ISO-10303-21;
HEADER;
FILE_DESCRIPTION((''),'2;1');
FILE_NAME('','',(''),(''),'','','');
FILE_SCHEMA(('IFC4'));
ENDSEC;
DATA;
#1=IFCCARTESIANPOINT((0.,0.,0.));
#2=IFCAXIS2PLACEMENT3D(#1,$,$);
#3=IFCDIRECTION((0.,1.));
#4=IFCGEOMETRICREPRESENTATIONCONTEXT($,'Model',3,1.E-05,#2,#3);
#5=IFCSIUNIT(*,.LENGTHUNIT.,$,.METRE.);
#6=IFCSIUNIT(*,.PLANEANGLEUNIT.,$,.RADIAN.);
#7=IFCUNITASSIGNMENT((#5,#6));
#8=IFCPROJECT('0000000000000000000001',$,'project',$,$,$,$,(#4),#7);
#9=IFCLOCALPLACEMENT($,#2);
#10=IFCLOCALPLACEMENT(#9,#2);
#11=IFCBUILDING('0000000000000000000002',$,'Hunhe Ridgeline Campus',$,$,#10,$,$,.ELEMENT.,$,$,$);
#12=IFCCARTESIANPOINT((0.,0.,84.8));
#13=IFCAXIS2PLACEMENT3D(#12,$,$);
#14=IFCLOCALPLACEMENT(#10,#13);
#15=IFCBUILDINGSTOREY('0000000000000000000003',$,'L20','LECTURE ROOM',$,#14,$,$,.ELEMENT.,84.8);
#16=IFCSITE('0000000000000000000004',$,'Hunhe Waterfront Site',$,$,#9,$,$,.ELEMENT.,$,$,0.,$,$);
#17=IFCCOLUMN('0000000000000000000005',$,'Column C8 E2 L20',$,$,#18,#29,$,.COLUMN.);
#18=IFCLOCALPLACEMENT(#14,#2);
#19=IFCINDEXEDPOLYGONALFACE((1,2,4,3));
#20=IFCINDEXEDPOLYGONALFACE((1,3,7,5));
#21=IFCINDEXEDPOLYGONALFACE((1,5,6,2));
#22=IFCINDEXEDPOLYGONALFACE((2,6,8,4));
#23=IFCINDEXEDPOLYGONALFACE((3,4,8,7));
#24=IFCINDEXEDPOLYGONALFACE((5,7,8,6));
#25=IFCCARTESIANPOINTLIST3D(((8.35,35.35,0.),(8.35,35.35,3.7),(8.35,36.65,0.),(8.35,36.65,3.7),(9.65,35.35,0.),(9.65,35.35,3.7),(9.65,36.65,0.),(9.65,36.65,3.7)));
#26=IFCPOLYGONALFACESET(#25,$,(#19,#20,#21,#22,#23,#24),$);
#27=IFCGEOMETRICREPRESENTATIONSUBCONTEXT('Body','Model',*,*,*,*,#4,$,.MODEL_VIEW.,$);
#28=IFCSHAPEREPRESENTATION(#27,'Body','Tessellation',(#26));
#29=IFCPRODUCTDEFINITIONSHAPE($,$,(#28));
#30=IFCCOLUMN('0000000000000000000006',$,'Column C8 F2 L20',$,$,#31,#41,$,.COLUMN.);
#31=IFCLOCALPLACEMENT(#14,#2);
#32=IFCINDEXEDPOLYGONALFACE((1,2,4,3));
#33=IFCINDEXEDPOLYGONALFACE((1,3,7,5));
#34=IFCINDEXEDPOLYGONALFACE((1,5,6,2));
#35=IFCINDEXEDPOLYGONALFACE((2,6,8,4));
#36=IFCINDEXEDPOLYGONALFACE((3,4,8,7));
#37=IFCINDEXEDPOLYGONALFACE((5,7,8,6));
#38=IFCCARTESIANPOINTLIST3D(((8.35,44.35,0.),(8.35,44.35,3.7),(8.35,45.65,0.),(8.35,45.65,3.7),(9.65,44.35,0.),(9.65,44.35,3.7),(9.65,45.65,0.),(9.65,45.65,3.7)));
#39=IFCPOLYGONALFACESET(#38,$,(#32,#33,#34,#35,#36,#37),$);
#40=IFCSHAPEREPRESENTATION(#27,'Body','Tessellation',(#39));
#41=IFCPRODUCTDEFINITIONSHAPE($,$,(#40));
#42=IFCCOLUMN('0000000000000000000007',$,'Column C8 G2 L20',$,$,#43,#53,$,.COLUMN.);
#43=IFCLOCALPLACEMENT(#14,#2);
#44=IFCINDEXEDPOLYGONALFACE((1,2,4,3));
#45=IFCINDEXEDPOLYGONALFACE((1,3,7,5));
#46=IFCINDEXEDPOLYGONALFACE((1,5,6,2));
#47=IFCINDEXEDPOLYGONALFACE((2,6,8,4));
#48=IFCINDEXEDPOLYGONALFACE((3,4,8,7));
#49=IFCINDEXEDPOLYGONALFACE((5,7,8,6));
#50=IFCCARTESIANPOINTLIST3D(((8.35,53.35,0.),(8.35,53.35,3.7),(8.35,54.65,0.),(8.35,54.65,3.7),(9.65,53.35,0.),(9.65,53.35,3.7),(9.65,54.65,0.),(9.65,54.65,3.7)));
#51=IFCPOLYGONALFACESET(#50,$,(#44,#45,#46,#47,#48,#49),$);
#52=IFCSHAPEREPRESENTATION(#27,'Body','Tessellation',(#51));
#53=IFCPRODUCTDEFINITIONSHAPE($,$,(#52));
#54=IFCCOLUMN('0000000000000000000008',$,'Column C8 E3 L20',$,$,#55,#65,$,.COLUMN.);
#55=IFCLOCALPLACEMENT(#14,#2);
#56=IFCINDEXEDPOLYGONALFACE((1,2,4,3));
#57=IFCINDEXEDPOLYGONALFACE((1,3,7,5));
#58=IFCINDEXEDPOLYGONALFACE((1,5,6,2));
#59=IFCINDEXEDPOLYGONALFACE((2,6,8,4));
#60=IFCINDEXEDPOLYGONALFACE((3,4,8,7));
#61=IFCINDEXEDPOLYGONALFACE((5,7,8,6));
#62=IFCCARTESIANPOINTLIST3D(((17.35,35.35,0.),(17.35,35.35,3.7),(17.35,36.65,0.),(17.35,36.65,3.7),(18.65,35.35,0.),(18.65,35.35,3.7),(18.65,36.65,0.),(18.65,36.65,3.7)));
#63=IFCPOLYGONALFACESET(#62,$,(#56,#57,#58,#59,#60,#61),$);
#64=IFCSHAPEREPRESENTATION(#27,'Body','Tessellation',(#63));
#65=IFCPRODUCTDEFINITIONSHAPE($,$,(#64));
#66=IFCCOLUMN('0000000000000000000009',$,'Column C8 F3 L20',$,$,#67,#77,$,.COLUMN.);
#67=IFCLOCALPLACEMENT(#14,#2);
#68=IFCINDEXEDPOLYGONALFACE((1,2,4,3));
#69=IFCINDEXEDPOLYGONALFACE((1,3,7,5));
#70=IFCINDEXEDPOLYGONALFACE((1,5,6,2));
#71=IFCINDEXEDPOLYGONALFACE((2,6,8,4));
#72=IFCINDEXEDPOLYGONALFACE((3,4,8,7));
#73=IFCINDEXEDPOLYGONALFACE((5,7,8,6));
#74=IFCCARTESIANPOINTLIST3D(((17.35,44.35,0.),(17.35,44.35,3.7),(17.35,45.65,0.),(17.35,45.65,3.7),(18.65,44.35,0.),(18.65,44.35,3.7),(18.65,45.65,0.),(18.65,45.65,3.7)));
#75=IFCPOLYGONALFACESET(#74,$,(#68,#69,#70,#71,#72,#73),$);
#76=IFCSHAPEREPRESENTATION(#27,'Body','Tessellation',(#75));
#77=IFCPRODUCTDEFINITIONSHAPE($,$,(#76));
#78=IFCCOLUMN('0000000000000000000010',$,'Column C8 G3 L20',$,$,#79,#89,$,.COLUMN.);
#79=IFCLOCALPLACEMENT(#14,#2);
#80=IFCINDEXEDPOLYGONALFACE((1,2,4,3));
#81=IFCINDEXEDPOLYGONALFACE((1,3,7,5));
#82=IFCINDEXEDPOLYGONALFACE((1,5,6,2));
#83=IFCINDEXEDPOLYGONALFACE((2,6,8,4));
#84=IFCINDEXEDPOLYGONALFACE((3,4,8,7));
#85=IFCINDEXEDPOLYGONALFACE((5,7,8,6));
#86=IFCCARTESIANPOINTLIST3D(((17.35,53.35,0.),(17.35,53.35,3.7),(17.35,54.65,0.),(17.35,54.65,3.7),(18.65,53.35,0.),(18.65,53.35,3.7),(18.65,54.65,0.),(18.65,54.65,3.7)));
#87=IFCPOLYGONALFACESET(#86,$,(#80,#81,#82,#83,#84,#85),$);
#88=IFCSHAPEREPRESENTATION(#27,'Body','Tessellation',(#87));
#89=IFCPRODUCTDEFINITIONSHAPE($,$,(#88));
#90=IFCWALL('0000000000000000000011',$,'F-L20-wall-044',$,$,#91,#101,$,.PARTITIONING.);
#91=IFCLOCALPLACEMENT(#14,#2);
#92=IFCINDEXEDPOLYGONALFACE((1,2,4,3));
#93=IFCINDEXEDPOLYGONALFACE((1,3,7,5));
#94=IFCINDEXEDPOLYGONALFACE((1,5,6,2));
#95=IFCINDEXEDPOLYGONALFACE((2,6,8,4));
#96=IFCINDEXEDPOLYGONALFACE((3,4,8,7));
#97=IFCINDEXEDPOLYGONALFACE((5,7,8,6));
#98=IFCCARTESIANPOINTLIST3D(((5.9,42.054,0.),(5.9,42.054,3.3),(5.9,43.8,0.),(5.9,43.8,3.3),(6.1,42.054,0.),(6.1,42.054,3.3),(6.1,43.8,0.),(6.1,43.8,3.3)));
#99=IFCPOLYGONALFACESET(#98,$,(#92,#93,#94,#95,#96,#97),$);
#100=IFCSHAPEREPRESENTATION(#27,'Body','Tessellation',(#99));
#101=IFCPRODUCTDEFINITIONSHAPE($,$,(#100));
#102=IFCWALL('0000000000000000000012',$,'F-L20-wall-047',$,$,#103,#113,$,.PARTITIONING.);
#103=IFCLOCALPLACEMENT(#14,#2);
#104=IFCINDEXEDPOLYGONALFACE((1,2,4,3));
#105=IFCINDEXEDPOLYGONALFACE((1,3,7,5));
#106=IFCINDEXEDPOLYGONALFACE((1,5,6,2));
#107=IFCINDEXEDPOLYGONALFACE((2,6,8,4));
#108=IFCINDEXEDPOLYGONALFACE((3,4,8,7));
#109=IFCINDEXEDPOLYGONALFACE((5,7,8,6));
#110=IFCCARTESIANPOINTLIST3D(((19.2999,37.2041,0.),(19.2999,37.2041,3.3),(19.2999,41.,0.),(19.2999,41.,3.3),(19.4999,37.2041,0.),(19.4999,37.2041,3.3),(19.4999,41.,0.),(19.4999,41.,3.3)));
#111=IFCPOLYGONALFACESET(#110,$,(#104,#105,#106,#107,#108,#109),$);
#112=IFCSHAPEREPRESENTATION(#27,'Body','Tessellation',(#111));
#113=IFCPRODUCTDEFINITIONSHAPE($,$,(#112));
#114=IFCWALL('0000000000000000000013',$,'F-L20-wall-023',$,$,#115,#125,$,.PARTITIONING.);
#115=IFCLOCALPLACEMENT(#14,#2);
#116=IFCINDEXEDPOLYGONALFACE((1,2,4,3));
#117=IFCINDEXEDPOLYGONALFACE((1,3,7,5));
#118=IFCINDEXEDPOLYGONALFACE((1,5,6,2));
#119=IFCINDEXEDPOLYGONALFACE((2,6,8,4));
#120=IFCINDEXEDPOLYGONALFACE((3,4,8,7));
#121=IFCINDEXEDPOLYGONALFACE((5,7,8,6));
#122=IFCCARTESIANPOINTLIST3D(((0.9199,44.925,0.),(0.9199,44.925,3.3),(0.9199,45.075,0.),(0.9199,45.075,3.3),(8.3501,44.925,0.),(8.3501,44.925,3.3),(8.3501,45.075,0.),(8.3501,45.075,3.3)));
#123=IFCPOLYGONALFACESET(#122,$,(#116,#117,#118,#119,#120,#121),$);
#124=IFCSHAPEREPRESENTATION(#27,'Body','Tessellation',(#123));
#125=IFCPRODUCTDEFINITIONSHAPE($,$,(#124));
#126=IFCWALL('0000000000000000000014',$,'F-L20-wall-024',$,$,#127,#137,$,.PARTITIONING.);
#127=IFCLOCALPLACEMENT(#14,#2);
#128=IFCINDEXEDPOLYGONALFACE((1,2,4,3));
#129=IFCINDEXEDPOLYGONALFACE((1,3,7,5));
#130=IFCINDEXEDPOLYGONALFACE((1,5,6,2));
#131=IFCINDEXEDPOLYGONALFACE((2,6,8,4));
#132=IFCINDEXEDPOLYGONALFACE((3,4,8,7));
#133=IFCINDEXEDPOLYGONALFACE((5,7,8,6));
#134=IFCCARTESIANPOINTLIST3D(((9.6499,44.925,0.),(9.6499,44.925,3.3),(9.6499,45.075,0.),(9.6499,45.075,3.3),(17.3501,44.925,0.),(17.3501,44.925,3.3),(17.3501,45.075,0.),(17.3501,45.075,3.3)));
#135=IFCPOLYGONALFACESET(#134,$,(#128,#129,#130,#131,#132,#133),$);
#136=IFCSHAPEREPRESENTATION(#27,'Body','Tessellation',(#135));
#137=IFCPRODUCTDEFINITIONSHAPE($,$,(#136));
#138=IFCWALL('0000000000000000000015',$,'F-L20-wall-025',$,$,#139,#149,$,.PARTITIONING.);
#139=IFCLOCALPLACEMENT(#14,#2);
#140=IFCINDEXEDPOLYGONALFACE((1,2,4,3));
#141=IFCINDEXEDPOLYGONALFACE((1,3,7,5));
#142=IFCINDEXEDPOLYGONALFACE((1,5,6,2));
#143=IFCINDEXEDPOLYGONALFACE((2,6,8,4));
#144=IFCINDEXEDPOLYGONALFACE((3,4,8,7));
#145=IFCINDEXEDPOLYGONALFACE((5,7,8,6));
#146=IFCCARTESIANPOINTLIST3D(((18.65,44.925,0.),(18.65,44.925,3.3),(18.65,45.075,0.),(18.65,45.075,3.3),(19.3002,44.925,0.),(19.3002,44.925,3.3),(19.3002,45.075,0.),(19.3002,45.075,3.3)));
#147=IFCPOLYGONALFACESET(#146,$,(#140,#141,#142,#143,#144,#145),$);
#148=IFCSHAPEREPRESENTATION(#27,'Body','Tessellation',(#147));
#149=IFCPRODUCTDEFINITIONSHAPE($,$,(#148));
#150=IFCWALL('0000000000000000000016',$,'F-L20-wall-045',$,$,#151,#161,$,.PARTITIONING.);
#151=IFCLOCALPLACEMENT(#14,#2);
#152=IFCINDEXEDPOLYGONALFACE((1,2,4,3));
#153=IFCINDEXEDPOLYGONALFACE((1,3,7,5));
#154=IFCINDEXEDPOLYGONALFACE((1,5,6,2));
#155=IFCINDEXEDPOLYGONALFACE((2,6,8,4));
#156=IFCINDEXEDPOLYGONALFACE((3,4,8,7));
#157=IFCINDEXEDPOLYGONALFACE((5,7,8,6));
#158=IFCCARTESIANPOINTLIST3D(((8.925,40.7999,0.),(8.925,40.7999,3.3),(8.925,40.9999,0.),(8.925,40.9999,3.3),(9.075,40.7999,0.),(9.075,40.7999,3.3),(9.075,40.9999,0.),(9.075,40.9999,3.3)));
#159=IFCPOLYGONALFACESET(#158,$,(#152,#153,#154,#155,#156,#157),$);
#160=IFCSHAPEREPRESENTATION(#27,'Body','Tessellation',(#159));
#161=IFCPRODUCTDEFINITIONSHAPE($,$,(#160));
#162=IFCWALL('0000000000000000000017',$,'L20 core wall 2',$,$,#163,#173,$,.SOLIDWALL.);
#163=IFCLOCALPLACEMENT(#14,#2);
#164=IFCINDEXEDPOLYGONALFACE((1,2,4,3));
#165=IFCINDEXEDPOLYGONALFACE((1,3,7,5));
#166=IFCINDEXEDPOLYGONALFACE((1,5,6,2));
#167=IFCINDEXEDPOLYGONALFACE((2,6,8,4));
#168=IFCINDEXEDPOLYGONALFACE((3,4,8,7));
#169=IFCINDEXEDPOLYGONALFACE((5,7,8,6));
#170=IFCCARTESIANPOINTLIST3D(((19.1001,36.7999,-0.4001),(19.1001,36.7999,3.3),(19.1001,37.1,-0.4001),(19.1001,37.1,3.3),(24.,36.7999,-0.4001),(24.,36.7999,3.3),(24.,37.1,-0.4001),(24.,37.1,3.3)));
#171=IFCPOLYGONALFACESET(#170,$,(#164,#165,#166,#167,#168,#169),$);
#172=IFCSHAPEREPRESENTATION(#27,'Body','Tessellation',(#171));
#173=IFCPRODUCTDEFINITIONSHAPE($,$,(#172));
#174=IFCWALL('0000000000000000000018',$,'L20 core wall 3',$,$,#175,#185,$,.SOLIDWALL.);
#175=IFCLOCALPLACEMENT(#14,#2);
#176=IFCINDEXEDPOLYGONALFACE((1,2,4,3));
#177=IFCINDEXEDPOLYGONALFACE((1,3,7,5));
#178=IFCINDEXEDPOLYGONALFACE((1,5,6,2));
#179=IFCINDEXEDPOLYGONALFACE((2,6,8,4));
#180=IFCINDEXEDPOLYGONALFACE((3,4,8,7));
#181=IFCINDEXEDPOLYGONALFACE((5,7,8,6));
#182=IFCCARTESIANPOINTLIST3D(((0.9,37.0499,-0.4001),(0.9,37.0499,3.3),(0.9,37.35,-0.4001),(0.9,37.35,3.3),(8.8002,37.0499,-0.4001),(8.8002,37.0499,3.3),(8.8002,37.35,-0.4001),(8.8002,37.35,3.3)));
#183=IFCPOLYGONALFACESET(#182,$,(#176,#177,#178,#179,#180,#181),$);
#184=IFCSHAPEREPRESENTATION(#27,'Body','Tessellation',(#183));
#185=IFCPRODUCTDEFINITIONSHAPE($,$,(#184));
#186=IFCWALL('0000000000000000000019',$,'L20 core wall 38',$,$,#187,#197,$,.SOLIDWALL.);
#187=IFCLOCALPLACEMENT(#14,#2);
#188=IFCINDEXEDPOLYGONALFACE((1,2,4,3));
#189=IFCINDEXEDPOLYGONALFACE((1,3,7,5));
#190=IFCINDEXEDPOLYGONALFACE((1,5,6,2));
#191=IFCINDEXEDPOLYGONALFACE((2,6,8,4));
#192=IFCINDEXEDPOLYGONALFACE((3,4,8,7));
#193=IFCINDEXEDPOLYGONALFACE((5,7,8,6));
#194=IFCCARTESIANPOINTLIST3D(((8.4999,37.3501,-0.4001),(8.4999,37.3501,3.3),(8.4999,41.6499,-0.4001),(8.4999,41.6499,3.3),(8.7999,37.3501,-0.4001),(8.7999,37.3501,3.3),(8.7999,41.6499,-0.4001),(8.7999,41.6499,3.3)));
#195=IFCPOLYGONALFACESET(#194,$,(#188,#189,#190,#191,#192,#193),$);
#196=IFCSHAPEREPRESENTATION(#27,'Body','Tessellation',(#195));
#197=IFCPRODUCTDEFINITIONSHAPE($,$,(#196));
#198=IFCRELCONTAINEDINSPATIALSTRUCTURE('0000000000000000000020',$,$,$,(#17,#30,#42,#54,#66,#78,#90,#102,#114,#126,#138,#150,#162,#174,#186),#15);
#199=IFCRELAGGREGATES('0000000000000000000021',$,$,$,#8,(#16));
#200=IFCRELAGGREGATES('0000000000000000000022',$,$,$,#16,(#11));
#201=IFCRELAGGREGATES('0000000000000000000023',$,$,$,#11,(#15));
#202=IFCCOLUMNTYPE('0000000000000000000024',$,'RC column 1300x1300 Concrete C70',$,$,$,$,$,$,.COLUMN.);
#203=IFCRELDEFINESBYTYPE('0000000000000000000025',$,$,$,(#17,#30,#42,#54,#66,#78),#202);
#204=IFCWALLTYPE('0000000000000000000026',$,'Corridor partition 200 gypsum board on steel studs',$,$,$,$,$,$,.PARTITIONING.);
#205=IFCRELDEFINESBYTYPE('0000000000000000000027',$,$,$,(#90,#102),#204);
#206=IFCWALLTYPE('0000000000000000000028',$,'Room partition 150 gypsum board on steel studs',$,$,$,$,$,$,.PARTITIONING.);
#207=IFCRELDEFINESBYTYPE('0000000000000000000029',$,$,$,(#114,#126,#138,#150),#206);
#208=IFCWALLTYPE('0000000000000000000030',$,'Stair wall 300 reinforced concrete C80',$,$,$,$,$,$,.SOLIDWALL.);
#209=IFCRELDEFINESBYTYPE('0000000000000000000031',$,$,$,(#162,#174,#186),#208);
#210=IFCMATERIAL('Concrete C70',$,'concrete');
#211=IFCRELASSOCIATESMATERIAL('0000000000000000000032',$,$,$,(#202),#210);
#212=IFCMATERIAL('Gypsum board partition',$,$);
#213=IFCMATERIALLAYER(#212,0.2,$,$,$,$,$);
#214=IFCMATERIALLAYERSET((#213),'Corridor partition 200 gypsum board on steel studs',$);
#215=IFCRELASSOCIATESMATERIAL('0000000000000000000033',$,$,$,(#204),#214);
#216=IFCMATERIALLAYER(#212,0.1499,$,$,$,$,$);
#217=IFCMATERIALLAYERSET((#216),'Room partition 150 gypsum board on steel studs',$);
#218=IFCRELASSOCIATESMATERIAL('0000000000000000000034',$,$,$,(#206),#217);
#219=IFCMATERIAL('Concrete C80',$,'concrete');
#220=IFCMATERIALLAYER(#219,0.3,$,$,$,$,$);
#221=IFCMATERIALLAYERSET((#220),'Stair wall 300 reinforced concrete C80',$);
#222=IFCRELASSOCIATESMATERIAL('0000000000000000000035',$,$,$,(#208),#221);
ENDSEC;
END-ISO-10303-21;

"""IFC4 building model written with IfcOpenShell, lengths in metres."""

from ifc_helpers import new_model, si_unit, direction, frame, frame_2d, origin, origin_2d, place, context, subcontext, project, spatial, rectangle, extrude, material, layer, layer_set, material_profile, profile_set, type_object, element, save


model = new_model("IFC4")

# Units and contexts
model_context = context("Model", 3, precision=1e-05, world=origin(), true_north=direction((0.0, 1.0)))
body_context = subcontext(model_context, "Body", "Model", "MODEL_VIEW")
ifc_project = project(units=[si_unit("LENGTHUNIT", "METRE"), si_unit("PLANEANGLEUNIT", "RADIAN")], contexts=[model_context])

# Site, building, storey
site_placement = place(None, origin())
site = spatial("IfcSite", under=ifc_project, at=site_placement, Name="Hunhe Waterfront Site", CompositionType="ELEMENT", RefElevation=0.0)
building_placement = place(site_placement, origin())
building = spatial("IfcBuilding", under=site, at=building_placement, Name="Hunhe Ridgeline Campus", CompositionType="ELEMENT")
storey_placement = place(building_placement, frame((0.0, 0.0, 84.8)))
storey = spatial("IfcBuildingStorey", under=building, at=storey_placement, Name="L20", Description="LECTURE ROOM", CompositionType="ELEMENT", Elevation=84.8)

# Columns
ifc_material_1 = material(Name="Concrete C70", Category="concrete")
ifc_material_profile = material_profile(ifc_material_1, rectangle(XDim=1.3, YDim=1.3, at=origin_2d()))
ifc_profile_set = profile_set([ifc_material_profile], Name="Concrete C70")
column_type = type_object("IfcColumnType", Name="RC column 1300x1300 Concrete C70", PredefinedType="COLUMN", material=ifc_profile_set)
for number, where, z_axis, x_axis, name in (
    (1, (9.0, 36.0, 0.0), (0.0, 0.0, 1.0), (1.0, 0.0, 0.0), "Column C8 E2 L20"),
    (2, (9.0, 45.0, 0.0), (0.0, 0.0, 1.0), (1.0, 0.0, 0.0), "Column C8 F2 L20"),
    (3, (9.0, 54.0, 0.0), (0.0, 0.0, 1.0), (1.0, 0.0, 0.0), "Column C8 G2 L20"),
    (4, (18.0, 36.0, 0.0), (0.0, 0.0, 1.0), (1.0, 0.0, 0.0), "Column C8 E3 L20"),
    (5, (18.0, 45.0, 0.0), (0.0, 0.0, 1.0), (1.0, 0.0, 0.0), "Column C8 F3 L20"),
    (6, (18.0, 54.0, 0.0), (0.0, 0.0, 1.0), (1.0, 0.0, 0.0), "Column C8 G3 L20"),
):
    element("IfcColumn", number, at=place(storey_placement, frame(where, z_axis=z_axis, x_axis=x_axis)), inside=storey, type_object=column_type, Name=name, PredefinedType="COLUMN", context=body_context, shape_type="SweptSolid", body=[
        extrude(rectangle(XDim=1.3, YDim=1.3, at=origin_2d()), origin(), (0.0, 0.0, 1.0), 3.7),
    ])

# Shared definitions
ifc_material_2 = material(Name="Gypsum board partition")
ifc_layer_1 = layer(ifc_material_2, 0.2)
ifc_layer_set_1 = layer_set([ifc_layer_1], Name="Corridor partition 200 gypsum board on steel studs")
wall_type_1 = type_object("IfcWallType", Name="Corridor partition 200 gypsum board on steel studs", PredefinedType="PARTITIONING", material=ifc_layer_set_1)

# Walls
wall_1_placement = place(storey_placement, frame((6.0, 42.054, 0.0), z_axis=(0.0, 0.0, 1.0), x_axis=(0.0, 1.0, 0.0)))
element("IfcWall", 7, at=wall_1_placement, inside=storey, type_object=wall_type_1, Name="F-L20-wall-044", PredefinedType="PARTITIONING", context=body_context, shape_type="SweptSolid", body=[
    extrude(rectangle(XDim=1.7461, YDim=0.2, at=frame_2d((0.873, 0.0))), origin(), (0.0, 0.0, 1.0), 3.3),
])
wall_2_placement = place(storey_placement, frame((19.3999, 37.2041, 0.0), z_axis=(0.0, 0.0, 1.0), x_axis=(0.0, 1.0, 0.0)))
element("IfcWall", 8, at=wall_2_placement, inside=storey, type_object=wall_type_1, Name="F-L20-wall-047", PredefinedType="PARTITIONING", context=body_context, shape_type="SweptSolid", body=[
    extrude(rectangle(XDim=3.7959, YDim=0.2, at=frame_2d((1.8979, 0.0))), origin(), (0.0, 0.0, 1.0), 3.3),
])

# Walls
ifc_layer_2 = layer(ifc_material_2, 0.1499)
ifc_layer_set_2 = layer_set([ifc_layer_2], Name="Room partition 150 gypsum board on steel studs")
wall_type_2 = type_object("IfcWallType", Name="Room partition 150 gypsum board on steel studs", PredefinedType="PARTITIONING", material=ifc_layer_set_2)
wall_3_placement = place(storey_placement, frame((0.9199, 45.0, 0.0), z_axis=(0.0, 0.0, 1.0), x_axis=(1.0, 0.0, 0.0)))
element("IfcWall", 9, at=wall_3_placement, inside=storey, type_object=wall_type_2, Name="F-L20-wall-023", PredefinedType="PARTITIONING", context=body_context, shape_type="SweptSolid", body=[
    extrude(rectangle(XDim=7.4302, YDim=0.1499, at=frame_2d((3.7151, 0.0))), origin(), (0.0, 0.0, 1.0), 3.3),
])
wall_4_placement = place(storey_placement, frame((9.6499, 45.0, 0.0), z_axis=(0.0, 0.0, 1.0), x_axis=(1.0, 0.0, 0.0)))
element("IfcWall", 10, at=wall_4_placement, inside=storey, type_object=wall_type_2, Name="F-L20-wall-024", PredefinedType="PARTITIONING", context=body_context, shape_type="SweptSolid", body=[
    extrude(rectangle(XDim=7.7002, YDim=0.1499, at=frame_2d((3.8501, 0.0))), origin(), (0.0, 0.0, 1.0), 3.3),
])
wall_5_placement = place(storey_placement, frame((18.6499, 45.0, 0.0), z_axis=(0.0, 0.0, 1.0), x_axis=(1.0, 0.0, 0.0)))
element("IfcWall", 11, at=wall_5_placement, inside=storey, type_object=wall_type_2, Name="F-L20-wall-025", PredefinedType="PARTITIONING", context=body_context, shape_type="SweptSolid", body=[
    extrude(rectangle(XDim=0.6501, YDim=0.1499, at=frame_2d((0.3252, 0.0))), origin(), (0.0, 0.0, 1.0), 3.3),
])
wall_6_placement = place(storey_placement, frame((9.0, 41.0, 0.0), z_axis=(0.0, 0.0, 1.0), x_axis=(0.0, -1.0, 0.0)))
element("IfcWall", 12, at=wall_6_placement, inside=storey, type_object=wall_type_2, Name="F-L20-wall-045", PredefinedType="PARTITIONING", context=body_context, shape_type="SweptSolid", body=[
    extrude(rectangle(XDim=0.2, YDim=0.1499, at=frame_2d((0.1001, 0.0))), origin(), (0.0, 0.0, 1.0), 3.3),
])
ifc_material_3 = material(Name="Concrete C80", Category="concrete")
ifc_layer_3 = layer(ifc_material_3, 0.3)
ifc_layer_set_3 = layer_set([ifc_layer_3], Name="Stair wall 300 reinforced concrete C80")
wall_type_3 = type_object("IfcWallType", Name="Stair wall 300 reinforced concrete C80", PredefinedType="SOLIDWALL", material=ifc_layer_set_3)
wall_7_placement = place(storey_placement, frame((19.1001, 36.95, -0.4001), z_axis=(0.0, 0.0, 1.0), x_axis=(1.0, 0.0, 0.0)))
element("IfcWall", 13, at=wall_7_placement, inside=storey, type_object=wall_type_3, Name="L20 core wall 2", PredefinedType="SOLIDWALL", context=body_context, shape_type="SweptSolid", body=[
    extrude(rectangle(XDim=4.8999, YDim=0.3, at=frame_2d((2.45, 0.0))), origin(), (0.0, 0.0, 1.0), 3.7002),
])
wall_8_placement = place(storey_placement, frame((0.8999, 37.2, -0.4001), z_axis=(0.0, 0.0, 1.0), x_axis=(1.0, 0.0, 0.0)))
element("IfcWall", 14, at=wall_8_placement, inside=storey, type_object=wall_type_3, Name="L20 core wall 3", PredefinedType="SOLIDWALL", context=body_context, shape_type="SweptSolid", body=[
    extrude(rectangle(XDim=7.9001, YDim=0.3, at=frame_2d((3.9502, 0.0))), origin(), (0.0, 0.0, 1.0), 3.7002),
])

# Wall
wall_9_placement = place(storey_placement, frame((8.6499, 37.3501, -0.4001), z_axis=(0.0, 0.0, 1.0), x_axis=(0.0, 1.0, 0.0)))
element("IfcWall", 15, at=wall_9_placement, inside=storey, type_object=wall_type_3, Name="L20 core wall 38", PredefinedType="SOLIDWALL", context=body_context, shape_type="SweptSolid", body=[
    extrude(rectangle(XDim=4.2998, YDim=0.3, at=frame_2d((2.1499, 0.0))), origin(), (0.0, 0.0, 1.0), 3.7002),
])

save(model, "model.ifc")
